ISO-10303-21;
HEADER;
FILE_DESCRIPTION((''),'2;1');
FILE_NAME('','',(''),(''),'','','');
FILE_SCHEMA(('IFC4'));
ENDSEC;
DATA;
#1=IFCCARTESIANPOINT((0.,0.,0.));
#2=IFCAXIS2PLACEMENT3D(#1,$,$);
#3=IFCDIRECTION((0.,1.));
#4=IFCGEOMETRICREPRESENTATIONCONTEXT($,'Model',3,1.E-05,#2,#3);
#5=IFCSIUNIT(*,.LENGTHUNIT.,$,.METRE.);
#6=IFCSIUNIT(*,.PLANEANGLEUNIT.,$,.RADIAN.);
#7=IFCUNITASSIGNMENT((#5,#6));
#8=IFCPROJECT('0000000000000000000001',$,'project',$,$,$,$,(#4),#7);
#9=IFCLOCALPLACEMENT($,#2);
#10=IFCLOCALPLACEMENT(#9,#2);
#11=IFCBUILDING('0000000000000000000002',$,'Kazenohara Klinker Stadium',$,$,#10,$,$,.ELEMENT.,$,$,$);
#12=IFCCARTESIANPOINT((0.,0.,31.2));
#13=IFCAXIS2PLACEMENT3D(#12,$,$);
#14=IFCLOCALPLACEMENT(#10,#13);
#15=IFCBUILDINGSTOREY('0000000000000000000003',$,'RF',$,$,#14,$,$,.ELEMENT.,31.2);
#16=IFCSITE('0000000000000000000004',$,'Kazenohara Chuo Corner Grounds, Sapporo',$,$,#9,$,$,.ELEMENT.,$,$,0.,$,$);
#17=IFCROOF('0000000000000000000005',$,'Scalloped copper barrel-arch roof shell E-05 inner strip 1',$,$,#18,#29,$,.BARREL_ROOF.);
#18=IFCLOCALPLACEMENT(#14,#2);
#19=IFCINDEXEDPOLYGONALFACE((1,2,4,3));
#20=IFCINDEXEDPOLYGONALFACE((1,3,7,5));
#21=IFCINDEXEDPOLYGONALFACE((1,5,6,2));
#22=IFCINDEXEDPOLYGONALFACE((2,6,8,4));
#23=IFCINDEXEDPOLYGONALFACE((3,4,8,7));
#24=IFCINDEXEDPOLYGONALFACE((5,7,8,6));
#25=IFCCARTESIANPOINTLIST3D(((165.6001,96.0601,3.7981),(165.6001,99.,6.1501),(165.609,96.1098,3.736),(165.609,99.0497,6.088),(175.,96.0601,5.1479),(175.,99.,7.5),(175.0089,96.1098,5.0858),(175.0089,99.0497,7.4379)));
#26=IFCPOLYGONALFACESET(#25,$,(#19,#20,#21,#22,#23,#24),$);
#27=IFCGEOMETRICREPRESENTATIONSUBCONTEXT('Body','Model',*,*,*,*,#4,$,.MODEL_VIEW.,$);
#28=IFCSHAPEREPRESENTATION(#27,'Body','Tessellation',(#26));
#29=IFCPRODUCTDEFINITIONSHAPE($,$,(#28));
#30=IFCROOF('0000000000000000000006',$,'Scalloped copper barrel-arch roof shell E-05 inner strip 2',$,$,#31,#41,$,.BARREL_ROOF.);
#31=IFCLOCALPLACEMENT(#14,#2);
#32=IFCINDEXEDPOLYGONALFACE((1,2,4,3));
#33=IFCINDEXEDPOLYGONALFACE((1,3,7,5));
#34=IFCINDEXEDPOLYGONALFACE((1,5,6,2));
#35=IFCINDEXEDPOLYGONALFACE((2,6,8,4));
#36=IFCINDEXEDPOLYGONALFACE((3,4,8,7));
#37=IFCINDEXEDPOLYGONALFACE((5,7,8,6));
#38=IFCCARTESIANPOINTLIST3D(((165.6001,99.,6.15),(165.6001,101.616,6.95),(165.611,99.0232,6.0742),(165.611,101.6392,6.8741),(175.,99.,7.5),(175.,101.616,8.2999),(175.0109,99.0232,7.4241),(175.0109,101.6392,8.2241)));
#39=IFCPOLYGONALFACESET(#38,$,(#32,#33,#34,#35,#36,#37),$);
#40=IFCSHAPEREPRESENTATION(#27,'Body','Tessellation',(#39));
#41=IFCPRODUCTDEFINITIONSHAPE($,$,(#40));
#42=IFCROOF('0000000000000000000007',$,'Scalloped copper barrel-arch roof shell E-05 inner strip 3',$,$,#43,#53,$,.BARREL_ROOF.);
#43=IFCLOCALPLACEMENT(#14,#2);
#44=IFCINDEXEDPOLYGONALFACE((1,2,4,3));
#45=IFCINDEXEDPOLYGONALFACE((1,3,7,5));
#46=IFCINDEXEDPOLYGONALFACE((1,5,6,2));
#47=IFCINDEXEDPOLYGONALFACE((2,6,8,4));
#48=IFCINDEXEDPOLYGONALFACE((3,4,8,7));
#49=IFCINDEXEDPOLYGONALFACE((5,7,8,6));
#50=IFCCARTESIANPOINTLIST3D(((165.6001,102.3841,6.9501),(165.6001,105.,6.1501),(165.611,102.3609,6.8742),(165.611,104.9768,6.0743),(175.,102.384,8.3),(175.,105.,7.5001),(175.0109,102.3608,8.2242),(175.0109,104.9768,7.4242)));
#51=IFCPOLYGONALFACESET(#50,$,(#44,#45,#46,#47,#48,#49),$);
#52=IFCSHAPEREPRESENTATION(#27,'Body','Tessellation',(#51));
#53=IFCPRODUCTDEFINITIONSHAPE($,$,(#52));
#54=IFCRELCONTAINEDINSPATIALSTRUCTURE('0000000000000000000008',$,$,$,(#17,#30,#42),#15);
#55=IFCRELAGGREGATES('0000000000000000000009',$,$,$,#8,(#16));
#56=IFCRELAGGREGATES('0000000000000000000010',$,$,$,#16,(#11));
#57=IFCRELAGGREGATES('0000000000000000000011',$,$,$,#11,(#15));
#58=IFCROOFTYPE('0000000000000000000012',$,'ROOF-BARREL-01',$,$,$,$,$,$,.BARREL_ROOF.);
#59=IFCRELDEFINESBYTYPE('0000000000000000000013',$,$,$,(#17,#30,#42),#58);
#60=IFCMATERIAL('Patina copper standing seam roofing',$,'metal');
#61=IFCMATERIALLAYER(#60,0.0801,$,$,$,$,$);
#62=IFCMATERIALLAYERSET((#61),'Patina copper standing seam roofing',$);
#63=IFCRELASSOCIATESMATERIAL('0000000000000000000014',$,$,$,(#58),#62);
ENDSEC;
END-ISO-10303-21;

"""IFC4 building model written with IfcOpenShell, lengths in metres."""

from ifc_helpers import new_model, si_unit, direction, frame, origin, place, context, subcontext, project, spatial, polyline, outline, extrude, material, layer, layer_set, type_object, element, save


model = new_model("IFC4")

# Units and contexts
model_context = context("Model", 3, precision=1e-05, world=origin(), true_north=direction((0.0, 1.0)))
body_context = subcontext(model_context, "Body", "Model", "MODEL_VIEW")
ifc_project = project(units=[si_unit("LENGTHUNIT", "METRE"), si_unit("PLANEANGLEUNIT", "RADIAN")], contexts=[model_context])

# Site, building, storey
site_placement = place(None, origin())
site = spatial("IfcSite", under=ifc_project, at=site_placement, Name="Kazenohara Chuo Corner Grounds, Sapporo", CompositionType="ELEMENT", RefElevation=0.0)
building_placement = place(site_placement, origin())
building = spatial("IfcBuilding", under=site, at=building_placement, Name="Kazenohara Klinker Stadium", CompositionType="ELEMENT")
storey_placement = place(building_placement, frame((0.0, 0.0, 31.2)))
storey = spatial("IfcBuildingStorey", under=building, at=storey_placement, Name="RF", CompositionType="ELEMENT", Elevation=31.2)

# Roofs
ifc_material_1 = material(Name="Patina copper standing seam roofing", Category="metal")
ifc_layer_1 = layer(ifc_material_1, 0.0801)
ifc_layer_set_1 = layer_set([ifc_layer_1], Name="Patina copper standing seam roofing")
roof_type = type_object("IfcRoofType", Name="ROOF-BARREL-01", PredefinedType="BARREL_ROOF", material=ifc_layer_set_1)
roof_1_placement = place(storey_placement, frame((175.0, 96.0601, 5.1479), z_axis=(-0.111435, -0.62082, 0.775993), x_axis=(-0.989846, 0.0, -0.142145)))
element("IfcRoof", 1, at=roof_1_placement, inside=storey, type_object=roof_type, Name="Scalloped copper barrel-arch roof shell E-05 inner strip 1", PredefinedType="BARREL_ROOF", context=body_context, shape_type="SweptSolid", body=[
    extrude(outline(polyline([(0.0, 0.0), (9.4963, 0.0), (9.162, -3.7501), (-0.3343, -3.7501), (0.0, 0.0)])), origin(), (0.0, 0.0, -1.0), 0.0801),
])
roof_2_placement = place(storey_placement, frame((175.0, 99.0, 7.5), z_axis=(-0.136061, -0.289701, 0.947397), x_axis=(-0.989844, 0.000004, -0.142156)))
element("IfcRoof", 2, at=roof_2_placement, inside=storey, type_object=roof_type, Name="Scalloped copper barrel-arch roof shell E-05 inner strip 2", PredefinedType="BARREL_ROOF", context=body_context, shape_type="SweptSolid", body=[
    extrude(outline(polyline([(0.0, 0.0), (9.4963, 0.0), (9.3826, -2.7331), (-0.1137, -2.7332), (0.0, 0.0)])), origin(), (0.0, 0.0, -1.0), 0.0801),
])
roof_3_placement = place(storey_placement, frame((175.0, 102.384, 8.3), z_axis=(-0.136061, 0.289701, 0.947397), x_axis=(-0.989844, 0.000004, -0.142158)))
element("IfcRoof", 3, at=roof_3_placement, inside=storey, type_object=roof_type, Name="Scalloped copper barrel-arch roof shell E-05 inner strip 3", PredefinedType="BARREL_ROOF", context=body_context, shape_type="SweptSolid", body=[
    extrude(outline(polyline([(0.0, 0.0), (9.4964, 0.0), (9.6101, -2.7331), (0.1137, -2.7332), (0.0, 0.0)])), origin(), (0.0, 0.0, -1.0), 0.0801),
])

save(model, "model.ifc")
